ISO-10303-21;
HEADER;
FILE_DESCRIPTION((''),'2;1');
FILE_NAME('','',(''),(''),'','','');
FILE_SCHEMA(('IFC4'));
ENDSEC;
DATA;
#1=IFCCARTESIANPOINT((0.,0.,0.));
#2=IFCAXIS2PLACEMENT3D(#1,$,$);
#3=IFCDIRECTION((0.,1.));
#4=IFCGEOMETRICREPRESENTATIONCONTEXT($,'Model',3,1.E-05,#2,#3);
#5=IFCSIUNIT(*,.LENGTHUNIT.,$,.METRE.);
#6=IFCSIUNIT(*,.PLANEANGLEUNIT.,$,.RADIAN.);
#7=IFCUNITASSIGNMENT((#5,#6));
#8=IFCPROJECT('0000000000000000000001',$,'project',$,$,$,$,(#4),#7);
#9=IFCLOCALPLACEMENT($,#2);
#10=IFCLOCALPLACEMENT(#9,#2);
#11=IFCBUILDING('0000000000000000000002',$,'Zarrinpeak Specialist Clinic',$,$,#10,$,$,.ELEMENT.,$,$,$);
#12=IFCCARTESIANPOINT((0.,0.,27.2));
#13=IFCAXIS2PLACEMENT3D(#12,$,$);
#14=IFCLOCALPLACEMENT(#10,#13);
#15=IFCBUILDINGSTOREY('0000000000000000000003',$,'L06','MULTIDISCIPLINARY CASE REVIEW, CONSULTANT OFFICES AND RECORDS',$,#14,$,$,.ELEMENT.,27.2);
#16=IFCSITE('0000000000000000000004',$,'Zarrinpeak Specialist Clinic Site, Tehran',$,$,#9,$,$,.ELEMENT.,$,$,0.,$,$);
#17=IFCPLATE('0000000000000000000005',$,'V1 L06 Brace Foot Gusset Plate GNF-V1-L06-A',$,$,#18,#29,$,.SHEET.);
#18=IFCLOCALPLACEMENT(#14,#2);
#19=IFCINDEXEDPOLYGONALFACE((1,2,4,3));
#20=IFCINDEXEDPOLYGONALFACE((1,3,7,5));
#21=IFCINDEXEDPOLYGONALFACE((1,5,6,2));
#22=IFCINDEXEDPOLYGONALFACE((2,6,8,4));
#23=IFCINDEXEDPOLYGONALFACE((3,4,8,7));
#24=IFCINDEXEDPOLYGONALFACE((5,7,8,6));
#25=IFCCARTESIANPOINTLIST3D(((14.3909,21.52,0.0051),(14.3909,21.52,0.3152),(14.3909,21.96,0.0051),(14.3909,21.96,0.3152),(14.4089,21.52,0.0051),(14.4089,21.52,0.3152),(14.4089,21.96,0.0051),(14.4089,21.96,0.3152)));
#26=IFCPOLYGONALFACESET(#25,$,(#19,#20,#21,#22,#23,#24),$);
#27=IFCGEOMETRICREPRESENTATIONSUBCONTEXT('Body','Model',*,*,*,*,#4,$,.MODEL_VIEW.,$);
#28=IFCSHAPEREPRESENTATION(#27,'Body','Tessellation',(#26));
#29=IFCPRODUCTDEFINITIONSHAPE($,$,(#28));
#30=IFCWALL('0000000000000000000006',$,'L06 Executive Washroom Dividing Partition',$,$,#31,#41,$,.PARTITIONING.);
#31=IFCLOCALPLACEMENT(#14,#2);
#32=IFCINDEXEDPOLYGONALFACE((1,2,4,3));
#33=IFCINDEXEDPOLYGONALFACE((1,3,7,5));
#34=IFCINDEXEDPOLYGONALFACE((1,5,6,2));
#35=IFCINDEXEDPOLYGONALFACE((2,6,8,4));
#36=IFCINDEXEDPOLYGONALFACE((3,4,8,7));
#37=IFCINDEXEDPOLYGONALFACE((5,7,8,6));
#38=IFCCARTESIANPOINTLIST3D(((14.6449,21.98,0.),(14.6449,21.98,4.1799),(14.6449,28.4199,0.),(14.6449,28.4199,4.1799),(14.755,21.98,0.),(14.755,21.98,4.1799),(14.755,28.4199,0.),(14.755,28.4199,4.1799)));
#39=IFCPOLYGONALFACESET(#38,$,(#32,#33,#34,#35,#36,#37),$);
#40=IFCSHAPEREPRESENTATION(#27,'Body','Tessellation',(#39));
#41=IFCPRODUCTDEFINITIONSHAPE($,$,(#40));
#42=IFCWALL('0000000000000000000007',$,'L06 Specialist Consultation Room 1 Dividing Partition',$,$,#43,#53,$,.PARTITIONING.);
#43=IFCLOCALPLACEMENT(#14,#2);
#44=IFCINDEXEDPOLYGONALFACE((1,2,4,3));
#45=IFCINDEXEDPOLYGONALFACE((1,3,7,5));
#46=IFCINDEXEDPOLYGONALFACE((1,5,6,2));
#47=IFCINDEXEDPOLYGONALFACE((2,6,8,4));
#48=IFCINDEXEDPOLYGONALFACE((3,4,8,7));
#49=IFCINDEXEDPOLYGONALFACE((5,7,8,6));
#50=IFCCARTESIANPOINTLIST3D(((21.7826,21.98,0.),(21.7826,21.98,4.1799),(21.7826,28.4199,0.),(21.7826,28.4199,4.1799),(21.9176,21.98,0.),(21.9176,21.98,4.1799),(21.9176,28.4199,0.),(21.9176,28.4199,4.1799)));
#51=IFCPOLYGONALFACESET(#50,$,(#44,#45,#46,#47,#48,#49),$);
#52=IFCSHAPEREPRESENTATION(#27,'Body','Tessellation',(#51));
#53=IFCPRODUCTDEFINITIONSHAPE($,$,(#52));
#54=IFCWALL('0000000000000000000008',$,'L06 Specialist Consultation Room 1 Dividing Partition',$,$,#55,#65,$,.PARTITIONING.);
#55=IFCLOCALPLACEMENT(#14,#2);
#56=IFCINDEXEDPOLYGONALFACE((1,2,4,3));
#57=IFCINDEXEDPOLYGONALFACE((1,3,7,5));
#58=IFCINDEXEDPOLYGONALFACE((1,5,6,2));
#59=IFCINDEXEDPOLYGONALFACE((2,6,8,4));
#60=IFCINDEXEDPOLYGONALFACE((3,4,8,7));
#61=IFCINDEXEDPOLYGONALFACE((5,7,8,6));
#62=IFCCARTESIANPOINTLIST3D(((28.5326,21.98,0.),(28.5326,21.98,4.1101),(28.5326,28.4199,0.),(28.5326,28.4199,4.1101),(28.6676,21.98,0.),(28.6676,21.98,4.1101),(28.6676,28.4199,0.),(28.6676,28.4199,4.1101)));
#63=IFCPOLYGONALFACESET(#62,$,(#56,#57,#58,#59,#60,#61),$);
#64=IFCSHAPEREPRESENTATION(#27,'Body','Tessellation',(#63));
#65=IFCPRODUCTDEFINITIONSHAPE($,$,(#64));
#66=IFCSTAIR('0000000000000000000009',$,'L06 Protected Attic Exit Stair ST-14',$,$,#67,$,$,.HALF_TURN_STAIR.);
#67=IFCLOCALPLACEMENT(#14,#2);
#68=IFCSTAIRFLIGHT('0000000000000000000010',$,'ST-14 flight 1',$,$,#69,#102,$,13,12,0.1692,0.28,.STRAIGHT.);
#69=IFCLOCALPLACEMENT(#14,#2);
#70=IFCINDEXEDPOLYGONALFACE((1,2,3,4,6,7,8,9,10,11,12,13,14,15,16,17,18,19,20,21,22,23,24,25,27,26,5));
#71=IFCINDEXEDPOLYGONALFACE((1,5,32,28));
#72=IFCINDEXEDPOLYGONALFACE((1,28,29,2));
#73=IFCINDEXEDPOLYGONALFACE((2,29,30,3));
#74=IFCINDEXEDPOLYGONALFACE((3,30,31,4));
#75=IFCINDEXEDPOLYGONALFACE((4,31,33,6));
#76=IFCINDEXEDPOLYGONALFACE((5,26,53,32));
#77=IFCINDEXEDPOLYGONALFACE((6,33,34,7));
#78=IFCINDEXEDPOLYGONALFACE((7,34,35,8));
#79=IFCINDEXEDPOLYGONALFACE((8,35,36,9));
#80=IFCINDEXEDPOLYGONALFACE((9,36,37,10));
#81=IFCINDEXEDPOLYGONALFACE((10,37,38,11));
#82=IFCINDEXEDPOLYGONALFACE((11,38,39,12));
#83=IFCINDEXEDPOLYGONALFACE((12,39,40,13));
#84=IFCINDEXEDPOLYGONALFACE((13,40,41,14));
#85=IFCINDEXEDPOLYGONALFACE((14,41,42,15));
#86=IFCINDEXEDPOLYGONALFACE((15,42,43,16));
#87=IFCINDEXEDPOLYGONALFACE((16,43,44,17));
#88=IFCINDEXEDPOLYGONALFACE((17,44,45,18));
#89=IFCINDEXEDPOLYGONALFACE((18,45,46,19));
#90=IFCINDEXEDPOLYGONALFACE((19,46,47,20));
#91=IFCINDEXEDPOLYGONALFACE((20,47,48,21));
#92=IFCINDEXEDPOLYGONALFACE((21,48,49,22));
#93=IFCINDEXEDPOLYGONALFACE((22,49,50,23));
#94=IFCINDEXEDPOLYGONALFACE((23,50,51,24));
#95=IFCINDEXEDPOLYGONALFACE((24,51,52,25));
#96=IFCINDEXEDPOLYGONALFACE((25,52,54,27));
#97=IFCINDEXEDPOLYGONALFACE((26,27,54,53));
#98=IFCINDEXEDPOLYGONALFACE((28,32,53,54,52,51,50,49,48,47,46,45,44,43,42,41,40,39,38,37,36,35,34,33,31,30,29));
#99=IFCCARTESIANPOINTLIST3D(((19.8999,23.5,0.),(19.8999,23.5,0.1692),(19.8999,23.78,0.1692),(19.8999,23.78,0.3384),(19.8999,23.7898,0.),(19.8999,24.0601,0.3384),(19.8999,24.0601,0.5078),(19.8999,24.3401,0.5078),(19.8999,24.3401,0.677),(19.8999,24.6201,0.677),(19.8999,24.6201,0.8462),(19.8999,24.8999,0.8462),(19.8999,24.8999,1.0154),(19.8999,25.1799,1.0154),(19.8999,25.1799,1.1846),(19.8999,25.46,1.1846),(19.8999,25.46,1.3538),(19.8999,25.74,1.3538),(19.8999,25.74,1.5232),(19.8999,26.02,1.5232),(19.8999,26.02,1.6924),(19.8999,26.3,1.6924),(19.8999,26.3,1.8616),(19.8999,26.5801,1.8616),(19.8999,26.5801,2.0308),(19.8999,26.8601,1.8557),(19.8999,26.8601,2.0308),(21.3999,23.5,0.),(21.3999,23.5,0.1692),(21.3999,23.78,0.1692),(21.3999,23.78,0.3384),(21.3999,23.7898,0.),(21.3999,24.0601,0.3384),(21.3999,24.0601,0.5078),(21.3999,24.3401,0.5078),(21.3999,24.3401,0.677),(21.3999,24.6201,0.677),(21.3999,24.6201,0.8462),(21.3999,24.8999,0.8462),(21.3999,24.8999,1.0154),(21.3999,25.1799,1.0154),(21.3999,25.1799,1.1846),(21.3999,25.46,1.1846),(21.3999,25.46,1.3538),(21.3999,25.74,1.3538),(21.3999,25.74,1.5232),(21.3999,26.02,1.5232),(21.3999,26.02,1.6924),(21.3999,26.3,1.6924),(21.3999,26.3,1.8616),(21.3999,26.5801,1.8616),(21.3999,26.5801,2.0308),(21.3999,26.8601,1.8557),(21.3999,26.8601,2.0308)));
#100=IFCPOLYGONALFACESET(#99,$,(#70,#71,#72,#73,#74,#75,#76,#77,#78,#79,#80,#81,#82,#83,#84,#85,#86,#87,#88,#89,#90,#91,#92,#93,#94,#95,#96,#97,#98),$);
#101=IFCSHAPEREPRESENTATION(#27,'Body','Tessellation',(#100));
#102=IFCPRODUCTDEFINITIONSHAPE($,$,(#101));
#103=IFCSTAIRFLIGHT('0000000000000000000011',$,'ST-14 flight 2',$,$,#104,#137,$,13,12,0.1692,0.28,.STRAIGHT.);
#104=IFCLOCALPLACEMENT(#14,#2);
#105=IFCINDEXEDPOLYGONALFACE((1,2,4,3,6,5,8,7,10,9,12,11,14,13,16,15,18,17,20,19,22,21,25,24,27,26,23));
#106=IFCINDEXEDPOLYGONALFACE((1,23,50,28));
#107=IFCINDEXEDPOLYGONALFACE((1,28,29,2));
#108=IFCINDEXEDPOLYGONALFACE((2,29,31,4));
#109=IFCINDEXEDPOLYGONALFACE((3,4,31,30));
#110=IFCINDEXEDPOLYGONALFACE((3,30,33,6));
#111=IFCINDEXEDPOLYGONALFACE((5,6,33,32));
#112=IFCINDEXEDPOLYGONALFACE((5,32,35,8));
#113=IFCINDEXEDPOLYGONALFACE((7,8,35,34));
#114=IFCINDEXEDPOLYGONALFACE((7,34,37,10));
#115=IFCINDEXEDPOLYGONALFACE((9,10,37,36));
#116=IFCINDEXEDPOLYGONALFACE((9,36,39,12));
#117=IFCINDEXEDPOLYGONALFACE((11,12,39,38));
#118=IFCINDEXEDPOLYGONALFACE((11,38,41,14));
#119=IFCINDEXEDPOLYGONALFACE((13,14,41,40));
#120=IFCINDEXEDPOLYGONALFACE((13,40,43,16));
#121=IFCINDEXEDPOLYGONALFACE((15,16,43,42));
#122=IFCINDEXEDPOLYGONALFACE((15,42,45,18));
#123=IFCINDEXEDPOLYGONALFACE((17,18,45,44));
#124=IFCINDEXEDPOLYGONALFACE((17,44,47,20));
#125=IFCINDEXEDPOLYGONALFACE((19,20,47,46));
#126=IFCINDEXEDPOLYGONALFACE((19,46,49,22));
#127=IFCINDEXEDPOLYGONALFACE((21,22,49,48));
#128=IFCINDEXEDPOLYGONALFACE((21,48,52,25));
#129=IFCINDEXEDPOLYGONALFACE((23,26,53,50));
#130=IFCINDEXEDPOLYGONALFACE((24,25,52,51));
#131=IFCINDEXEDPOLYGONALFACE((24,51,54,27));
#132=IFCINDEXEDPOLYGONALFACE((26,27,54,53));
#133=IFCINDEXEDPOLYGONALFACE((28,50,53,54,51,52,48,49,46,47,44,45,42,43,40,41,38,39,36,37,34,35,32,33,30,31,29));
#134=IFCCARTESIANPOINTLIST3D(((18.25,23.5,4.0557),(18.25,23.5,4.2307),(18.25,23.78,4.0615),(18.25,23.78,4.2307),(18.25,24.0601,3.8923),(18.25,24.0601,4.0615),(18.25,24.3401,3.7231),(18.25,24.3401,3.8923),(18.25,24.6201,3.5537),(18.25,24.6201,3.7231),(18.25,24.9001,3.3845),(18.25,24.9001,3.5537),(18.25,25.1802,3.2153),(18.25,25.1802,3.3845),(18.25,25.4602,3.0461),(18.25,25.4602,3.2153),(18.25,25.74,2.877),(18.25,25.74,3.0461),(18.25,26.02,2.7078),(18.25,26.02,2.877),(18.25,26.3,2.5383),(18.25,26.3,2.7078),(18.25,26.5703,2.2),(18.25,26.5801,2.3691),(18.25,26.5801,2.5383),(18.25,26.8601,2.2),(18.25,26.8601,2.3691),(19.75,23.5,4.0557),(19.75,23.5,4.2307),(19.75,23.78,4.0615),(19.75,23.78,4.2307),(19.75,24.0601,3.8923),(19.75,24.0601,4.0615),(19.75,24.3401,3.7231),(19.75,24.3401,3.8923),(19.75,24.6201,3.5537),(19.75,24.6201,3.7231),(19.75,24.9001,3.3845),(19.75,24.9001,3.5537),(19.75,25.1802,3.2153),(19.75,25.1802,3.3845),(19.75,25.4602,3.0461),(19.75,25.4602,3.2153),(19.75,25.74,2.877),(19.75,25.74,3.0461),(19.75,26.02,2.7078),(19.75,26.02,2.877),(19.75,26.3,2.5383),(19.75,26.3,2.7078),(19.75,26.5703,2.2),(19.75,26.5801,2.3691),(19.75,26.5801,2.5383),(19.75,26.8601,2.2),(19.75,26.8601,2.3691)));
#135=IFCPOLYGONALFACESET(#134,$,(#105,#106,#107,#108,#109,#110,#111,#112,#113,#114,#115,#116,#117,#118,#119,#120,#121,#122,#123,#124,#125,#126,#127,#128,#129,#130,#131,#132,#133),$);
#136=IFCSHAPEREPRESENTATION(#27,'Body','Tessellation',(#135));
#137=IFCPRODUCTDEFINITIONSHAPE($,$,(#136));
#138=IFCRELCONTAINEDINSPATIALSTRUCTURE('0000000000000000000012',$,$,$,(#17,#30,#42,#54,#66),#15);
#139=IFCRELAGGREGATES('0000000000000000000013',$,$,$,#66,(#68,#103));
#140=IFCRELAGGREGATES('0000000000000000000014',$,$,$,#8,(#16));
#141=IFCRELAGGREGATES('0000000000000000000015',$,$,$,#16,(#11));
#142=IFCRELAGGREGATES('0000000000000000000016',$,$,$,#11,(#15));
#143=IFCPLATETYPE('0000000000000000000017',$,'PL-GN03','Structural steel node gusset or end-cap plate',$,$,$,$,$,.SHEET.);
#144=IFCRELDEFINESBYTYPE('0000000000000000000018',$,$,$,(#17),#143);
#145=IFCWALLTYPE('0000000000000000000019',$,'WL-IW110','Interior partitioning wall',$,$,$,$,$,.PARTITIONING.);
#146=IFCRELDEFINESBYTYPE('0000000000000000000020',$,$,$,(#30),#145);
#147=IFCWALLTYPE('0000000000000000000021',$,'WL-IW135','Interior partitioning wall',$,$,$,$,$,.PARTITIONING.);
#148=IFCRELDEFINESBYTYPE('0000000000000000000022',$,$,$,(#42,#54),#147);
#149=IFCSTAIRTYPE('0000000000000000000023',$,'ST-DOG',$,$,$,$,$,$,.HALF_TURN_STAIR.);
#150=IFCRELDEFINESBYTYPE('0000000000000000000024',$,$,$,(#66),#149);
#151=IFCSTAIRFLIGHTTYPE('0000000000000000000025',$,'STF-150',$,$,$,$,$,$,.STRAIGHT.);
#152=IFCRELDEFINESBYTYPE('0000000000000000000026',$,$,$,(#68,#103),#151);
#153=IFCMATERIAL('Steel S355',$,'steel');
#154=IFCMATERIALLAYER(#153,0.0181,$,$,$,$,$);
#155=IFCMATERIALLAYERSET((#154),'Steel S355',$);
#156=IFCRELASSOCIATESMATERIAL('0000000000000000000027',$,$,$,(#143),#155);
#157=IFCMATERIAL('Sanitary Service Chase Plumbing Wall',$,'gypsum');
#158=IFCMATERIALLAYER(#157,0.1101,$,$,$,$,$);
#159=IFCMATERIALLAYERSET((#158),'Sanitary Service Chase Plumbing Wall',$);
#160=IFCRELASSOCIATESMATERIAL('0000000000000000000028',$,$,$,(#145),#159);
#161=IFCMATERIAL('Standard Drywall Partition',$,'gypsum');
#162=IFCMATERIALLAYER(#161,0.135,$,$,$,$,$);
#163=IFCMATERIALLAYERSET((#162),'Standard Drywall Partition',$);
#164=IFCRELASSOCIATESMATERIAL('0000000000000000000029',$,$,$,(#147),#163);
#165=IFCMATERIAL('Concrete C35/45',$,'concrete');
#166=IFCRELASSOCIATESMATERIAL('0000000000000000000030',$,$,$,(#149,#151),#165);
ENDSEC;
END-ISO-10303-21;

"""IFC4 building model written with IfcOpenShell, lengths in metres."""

from ifc_helpers import new_model, si_unit, direction, frame, frame_2d, origin, origin_2d, place, context, subcontext, project, spatial, polyline, rectangle, outline, extrude, material, layer, layer_set, type_object, element, aggregate, save


model = new_model("IFC4")

# Units and contexts
model_context = context("Model", 3, precision=1e-05, world=origin(), true_north=direction((0.0, 1.0)))
body_context = subcontext(model_context, "Body", "Model", "MODEL_VIEW")
ifc_project = project(units=[si_unit("LENGTHUNIT", "METRE"), si_unit("PLANEANGLEUNIT", "RADIAN")], contexts=[model_context])

# Site, building, storey
site_placement = place(None, origin())
site = spatial("IfcSite", under=ifc_project, at=site_placement, Name="Zarrinpeak Specialist Clinic Site, Tehran", CompositionType="ELEMENT", RefElevation=0.0)
building_placement = place(site_placement, origin())
building = spatial("IfcBuilding", under=site, at=building_placement, Name="Zarrinpeak Specialist Clinic", CompositionType="ELEMENT")
storey_placement = place(building_placement, frame((0.0, 0.0, 27.2)))
storey = spatial("IfcBuildingStorey", under=building, at=storey_placement, Name="L06", Description="MULTIDISCIPLINARY CASE REVIEW, CONSULTANT OFFICES AND RECORDS", CompositionType="ELEMENT", Elevation=27.2)

# Shared definitions
ifc_material_1 = material(Name="Steel S355", Category="steel")

# Plate
ifc_layer_1 = layer(ifc_material_1, 0.0181)
ifc_layer_set_1 = layer_set([ifc_layer_1], Name="Steel S355")
plate_type_1 = type_object("IfcPlateType", Name="PL-GN03", Description="Structural steel node gusset or end-cap plate", PredefinedType="SHEET", material=ifc_layer_set_1)
plate_1_placement = place(storey_placement, frame((14.3999, 21.74, 0.0051), z_axis=(0.0, 0.0, 1.0), x_axis=(1.0, 0.0, 0.0)))
element("IfcPlate", 1, at=plate_1_placement, inside=storey, type_object=plate_type_1, Name="V1 L06 Brace Foot Gusset Plate GNF-V1-L06-A", PredefinedType="SHEET", context=body_context, shape_type="SweptSolid", body=[
    extrude(rectangle(XDim=0.0181, YDim=0.4399, at=origin_2d()), origin(), (0.0, 0.0, 1.0), 0.3101),
])

# Walls
ifc_material_2 = material(Name="Sanitary Service Chase Plumbing Wall", Category="gypsum")
ifc_layer_2 = layer(ifc_material_2, 0.1101)
ifc_layer_set_2 = layer_set([ifc_layer_2], Name="Sanitary Service Chase Plumbing Wall")
wall_type_1 = type_object("IfcWallType", Name="WL-IW110", Description="Interior partitioning wall", PredefinedType="PARTITIONING", material=ifc_layer_set_2)
wall_1_placement = place(storey_placement, frame((14.7, 21.98, 0.0), z_axis=(0.0, 0.0, 1.0), x_axis=(0.0, 1.0, 0.0)))
element("IfcWall", 2, at=wall_1_placement, inside=storey, type_object=wall_type_1, Name="L06 Executive Washroom Dividing Partition", PredefinedType="PARTITIONING", context=body_context, shape_type="SweptSolid", body=[
    extrude(rectangle(XDim=6.4399, YDim=0.1101, at=frame_2d((3.22, 0.0))), origin(), (0.0, 0.0, 1.0), 4.1799),
])
ifc_material_3 = material(Name="Standard Drywall Partition", Category="gypsum")
ifc_layer_3 = layer(ifc_material_3, 0.135)
ifc_layer_set_3 = layer_set([ifc_layer_3], Name="Standard Drywall Partition")
wall_type_2 = type_object("IfcWallType", Name="WL-IW135", Description="Interior partitioning wall", PredefinedType="PARTITIONING", material=ifc_layer_set_3)
wall_2_placement = place(storey_placement, frame((21.8501, 21.98, 0.0), z_axis=(0.0, 0.0, 1.0), x_axis=(0.0, 1.0, 0.0)))
element("IfcWall", 3, at=wall_2_placement, inside=storey, type_object=wall_type_2, Name="L06 Specialist Consultation Room 1 Dividing Partition", PredefinedType="PARTITIONING", context=body_context, shape_type="SweptSolid", body=[
    extrude(rectangle(XDim=6.4399, YDim=0.135, at=frame_2d((3.22, 0.0))), origin(), (0.0, 0.0, 1.0), 4.1799),
])
wall_3_placement = place(storey_placement, frame((28.6001, 21.98, 0.0), z_axis=(0.0, 0.0, 1.0), x_axis=(0.0, 1.0, 0.0)))
element("IfcWall", 4, at=wall_3_placement, inside=storey, type_object=wall_type_2, Name="L06 Specialist Consultation Room 1 Dividing Partition", PredefinedType="PARTITIONING", context=body_context, shape_type="SweptSolid", body=[
    extrude(rectangle(XDim=6.4399, YDim=0.135, at=frame_2d((3.22, 0.0))), origin(), (0.0, 0.0, 1.0), 4.1101),
])

# Stair, stair flights
ifc_material_4 = material(Name="Concrete C35/45", Category="concrete")
stair_type = type_object("IfcStairType", Name="ST-DOG", PredefinedType="HALF_TURN_STAIR", material=ifc_material_4)
stair_placement = place(storey_placement, origin())
stair = element("IfcStair", 5, at=stair_placement, inside=storey, type_object=stair_type, Name="L06 Protected Attic Exit Stair ST-14", PredefinedType="HALF_TURN_STAIR")
stair_flight_type = type_object("IfcStairFlightType", Name="STF-150", PredefinedType="STRAIGHT", material=ifc_material_4)
stair_flight_1_placement = place(storey_placement, frame((20.6499, 23.5, 0.0), z_axis=(0.0, 0.0, 1.0), x_axis=(0.0, 1.0, 0.0)))
stair_flight_1 = element("IfcStairFlight", 6, at=stair_flight_1_placement, type_object=stair_flight_type, Name="ST-14 flight 1", NumberOfRisers=13, NumberOfTreads=12, PredefinedType="STRAIGHT", RiserHeight=0.1692, TreadLength=0.28, context=body_context, shape_type="SweptSolid", body=[
    extrude(outline(polyline([(0.0, 0.0), (0.0, 0.1692), (0.28, 0.1692), (0.28, 0.3384), (0.5601, 0.3384), (0.5601, 0.5078), (0.8401, 0.5078), (0.8401, 0.677), (1.1201, 0.677), (1.1201, 0.8462), (1.3999, 0.8462), (1.3999, 1.0154), (1.6799, 1.0154), (1.6799, 1.1846), (1.96, 1.1846), (1.96, 1.3538), (2.24, 1.3538), (2.24, 1.5232), (2.52, 1.5232), (2.52, 1.6924), (2.8, 1.6924), (2.8, 1.8616), (3.0801, 1.8616), (3.0801, 2.0308), (3.3601, 2.0308), (3.3601, 2.2), (3.3601, 1.8557), (0.2898, 0.0), (0.0, 0.0)])), frame((0.0, 0.75, 0.0), z_axis=(0.0, -1.0, 0.0), x_axis=(1.0, 0.0, 0.0)), (0.0, 0.0, 1.0), 1.5),
])
stair_flight_2_placement = place(storey_placement, frame((19.0, 26.8601, 2.2), z_axis=(0.0, 0.0, 1.0), x_axis=(0.0, -1.0, 0.0)))
stair_flight_2 = element("IfcStairFlight", 7, at=stair_flight_2_placement, type_object=stair_flight_type, Name="ST-14 flight 2", NumberOfRisers=13, NumberOfTreads=12, PredefinedType="STRAIGHT", RiserHeight=0.1692, TreadLength=0.28, context=body_context, shape_type="SweptSolid", body=[
    extrude(outline(polyline([(0.0, 0.0), (0.0, 0.1692), (0.28, 0.1692), (0.28, 0.3384), (0.5601, 0.3384), (0.5601, 0.5078), (0.8401, 0.5078), (0.8401, 0.677), (1.1201, 0.677), (1.1201, 0.8462), (1.3999, 0.8462), (1.3999, 1.0154), (1.6799, 1.0154), (1.6799, 1.1846), (1.96, 1.1846), (1.96, 1.3538), (2.24, 1.3538), (2.24, 1.5232), (2.52, 1.5232), (2.52, 1.6924), (2.8, 1.6924), (2.8, 1.8616), (3.0801, 1.8616), (3.0801, 2.0308), (3.3601, 2.0308), (3.3601, 2.2), (3.3601, 1.8557), (0.2898, 0.0), (0.0, 0.0)])), frame((0.0, 0.75, 0.0), z_axis=(0.0, -1.0, 0.0), x_axis=(1.0, 0.0, 0.0)), (0.0, 0.0, 1.0), 1.5),
])
aggregate(stair, [stair_flight_1, stair_flight_2])

save(model, "model.ifc")
